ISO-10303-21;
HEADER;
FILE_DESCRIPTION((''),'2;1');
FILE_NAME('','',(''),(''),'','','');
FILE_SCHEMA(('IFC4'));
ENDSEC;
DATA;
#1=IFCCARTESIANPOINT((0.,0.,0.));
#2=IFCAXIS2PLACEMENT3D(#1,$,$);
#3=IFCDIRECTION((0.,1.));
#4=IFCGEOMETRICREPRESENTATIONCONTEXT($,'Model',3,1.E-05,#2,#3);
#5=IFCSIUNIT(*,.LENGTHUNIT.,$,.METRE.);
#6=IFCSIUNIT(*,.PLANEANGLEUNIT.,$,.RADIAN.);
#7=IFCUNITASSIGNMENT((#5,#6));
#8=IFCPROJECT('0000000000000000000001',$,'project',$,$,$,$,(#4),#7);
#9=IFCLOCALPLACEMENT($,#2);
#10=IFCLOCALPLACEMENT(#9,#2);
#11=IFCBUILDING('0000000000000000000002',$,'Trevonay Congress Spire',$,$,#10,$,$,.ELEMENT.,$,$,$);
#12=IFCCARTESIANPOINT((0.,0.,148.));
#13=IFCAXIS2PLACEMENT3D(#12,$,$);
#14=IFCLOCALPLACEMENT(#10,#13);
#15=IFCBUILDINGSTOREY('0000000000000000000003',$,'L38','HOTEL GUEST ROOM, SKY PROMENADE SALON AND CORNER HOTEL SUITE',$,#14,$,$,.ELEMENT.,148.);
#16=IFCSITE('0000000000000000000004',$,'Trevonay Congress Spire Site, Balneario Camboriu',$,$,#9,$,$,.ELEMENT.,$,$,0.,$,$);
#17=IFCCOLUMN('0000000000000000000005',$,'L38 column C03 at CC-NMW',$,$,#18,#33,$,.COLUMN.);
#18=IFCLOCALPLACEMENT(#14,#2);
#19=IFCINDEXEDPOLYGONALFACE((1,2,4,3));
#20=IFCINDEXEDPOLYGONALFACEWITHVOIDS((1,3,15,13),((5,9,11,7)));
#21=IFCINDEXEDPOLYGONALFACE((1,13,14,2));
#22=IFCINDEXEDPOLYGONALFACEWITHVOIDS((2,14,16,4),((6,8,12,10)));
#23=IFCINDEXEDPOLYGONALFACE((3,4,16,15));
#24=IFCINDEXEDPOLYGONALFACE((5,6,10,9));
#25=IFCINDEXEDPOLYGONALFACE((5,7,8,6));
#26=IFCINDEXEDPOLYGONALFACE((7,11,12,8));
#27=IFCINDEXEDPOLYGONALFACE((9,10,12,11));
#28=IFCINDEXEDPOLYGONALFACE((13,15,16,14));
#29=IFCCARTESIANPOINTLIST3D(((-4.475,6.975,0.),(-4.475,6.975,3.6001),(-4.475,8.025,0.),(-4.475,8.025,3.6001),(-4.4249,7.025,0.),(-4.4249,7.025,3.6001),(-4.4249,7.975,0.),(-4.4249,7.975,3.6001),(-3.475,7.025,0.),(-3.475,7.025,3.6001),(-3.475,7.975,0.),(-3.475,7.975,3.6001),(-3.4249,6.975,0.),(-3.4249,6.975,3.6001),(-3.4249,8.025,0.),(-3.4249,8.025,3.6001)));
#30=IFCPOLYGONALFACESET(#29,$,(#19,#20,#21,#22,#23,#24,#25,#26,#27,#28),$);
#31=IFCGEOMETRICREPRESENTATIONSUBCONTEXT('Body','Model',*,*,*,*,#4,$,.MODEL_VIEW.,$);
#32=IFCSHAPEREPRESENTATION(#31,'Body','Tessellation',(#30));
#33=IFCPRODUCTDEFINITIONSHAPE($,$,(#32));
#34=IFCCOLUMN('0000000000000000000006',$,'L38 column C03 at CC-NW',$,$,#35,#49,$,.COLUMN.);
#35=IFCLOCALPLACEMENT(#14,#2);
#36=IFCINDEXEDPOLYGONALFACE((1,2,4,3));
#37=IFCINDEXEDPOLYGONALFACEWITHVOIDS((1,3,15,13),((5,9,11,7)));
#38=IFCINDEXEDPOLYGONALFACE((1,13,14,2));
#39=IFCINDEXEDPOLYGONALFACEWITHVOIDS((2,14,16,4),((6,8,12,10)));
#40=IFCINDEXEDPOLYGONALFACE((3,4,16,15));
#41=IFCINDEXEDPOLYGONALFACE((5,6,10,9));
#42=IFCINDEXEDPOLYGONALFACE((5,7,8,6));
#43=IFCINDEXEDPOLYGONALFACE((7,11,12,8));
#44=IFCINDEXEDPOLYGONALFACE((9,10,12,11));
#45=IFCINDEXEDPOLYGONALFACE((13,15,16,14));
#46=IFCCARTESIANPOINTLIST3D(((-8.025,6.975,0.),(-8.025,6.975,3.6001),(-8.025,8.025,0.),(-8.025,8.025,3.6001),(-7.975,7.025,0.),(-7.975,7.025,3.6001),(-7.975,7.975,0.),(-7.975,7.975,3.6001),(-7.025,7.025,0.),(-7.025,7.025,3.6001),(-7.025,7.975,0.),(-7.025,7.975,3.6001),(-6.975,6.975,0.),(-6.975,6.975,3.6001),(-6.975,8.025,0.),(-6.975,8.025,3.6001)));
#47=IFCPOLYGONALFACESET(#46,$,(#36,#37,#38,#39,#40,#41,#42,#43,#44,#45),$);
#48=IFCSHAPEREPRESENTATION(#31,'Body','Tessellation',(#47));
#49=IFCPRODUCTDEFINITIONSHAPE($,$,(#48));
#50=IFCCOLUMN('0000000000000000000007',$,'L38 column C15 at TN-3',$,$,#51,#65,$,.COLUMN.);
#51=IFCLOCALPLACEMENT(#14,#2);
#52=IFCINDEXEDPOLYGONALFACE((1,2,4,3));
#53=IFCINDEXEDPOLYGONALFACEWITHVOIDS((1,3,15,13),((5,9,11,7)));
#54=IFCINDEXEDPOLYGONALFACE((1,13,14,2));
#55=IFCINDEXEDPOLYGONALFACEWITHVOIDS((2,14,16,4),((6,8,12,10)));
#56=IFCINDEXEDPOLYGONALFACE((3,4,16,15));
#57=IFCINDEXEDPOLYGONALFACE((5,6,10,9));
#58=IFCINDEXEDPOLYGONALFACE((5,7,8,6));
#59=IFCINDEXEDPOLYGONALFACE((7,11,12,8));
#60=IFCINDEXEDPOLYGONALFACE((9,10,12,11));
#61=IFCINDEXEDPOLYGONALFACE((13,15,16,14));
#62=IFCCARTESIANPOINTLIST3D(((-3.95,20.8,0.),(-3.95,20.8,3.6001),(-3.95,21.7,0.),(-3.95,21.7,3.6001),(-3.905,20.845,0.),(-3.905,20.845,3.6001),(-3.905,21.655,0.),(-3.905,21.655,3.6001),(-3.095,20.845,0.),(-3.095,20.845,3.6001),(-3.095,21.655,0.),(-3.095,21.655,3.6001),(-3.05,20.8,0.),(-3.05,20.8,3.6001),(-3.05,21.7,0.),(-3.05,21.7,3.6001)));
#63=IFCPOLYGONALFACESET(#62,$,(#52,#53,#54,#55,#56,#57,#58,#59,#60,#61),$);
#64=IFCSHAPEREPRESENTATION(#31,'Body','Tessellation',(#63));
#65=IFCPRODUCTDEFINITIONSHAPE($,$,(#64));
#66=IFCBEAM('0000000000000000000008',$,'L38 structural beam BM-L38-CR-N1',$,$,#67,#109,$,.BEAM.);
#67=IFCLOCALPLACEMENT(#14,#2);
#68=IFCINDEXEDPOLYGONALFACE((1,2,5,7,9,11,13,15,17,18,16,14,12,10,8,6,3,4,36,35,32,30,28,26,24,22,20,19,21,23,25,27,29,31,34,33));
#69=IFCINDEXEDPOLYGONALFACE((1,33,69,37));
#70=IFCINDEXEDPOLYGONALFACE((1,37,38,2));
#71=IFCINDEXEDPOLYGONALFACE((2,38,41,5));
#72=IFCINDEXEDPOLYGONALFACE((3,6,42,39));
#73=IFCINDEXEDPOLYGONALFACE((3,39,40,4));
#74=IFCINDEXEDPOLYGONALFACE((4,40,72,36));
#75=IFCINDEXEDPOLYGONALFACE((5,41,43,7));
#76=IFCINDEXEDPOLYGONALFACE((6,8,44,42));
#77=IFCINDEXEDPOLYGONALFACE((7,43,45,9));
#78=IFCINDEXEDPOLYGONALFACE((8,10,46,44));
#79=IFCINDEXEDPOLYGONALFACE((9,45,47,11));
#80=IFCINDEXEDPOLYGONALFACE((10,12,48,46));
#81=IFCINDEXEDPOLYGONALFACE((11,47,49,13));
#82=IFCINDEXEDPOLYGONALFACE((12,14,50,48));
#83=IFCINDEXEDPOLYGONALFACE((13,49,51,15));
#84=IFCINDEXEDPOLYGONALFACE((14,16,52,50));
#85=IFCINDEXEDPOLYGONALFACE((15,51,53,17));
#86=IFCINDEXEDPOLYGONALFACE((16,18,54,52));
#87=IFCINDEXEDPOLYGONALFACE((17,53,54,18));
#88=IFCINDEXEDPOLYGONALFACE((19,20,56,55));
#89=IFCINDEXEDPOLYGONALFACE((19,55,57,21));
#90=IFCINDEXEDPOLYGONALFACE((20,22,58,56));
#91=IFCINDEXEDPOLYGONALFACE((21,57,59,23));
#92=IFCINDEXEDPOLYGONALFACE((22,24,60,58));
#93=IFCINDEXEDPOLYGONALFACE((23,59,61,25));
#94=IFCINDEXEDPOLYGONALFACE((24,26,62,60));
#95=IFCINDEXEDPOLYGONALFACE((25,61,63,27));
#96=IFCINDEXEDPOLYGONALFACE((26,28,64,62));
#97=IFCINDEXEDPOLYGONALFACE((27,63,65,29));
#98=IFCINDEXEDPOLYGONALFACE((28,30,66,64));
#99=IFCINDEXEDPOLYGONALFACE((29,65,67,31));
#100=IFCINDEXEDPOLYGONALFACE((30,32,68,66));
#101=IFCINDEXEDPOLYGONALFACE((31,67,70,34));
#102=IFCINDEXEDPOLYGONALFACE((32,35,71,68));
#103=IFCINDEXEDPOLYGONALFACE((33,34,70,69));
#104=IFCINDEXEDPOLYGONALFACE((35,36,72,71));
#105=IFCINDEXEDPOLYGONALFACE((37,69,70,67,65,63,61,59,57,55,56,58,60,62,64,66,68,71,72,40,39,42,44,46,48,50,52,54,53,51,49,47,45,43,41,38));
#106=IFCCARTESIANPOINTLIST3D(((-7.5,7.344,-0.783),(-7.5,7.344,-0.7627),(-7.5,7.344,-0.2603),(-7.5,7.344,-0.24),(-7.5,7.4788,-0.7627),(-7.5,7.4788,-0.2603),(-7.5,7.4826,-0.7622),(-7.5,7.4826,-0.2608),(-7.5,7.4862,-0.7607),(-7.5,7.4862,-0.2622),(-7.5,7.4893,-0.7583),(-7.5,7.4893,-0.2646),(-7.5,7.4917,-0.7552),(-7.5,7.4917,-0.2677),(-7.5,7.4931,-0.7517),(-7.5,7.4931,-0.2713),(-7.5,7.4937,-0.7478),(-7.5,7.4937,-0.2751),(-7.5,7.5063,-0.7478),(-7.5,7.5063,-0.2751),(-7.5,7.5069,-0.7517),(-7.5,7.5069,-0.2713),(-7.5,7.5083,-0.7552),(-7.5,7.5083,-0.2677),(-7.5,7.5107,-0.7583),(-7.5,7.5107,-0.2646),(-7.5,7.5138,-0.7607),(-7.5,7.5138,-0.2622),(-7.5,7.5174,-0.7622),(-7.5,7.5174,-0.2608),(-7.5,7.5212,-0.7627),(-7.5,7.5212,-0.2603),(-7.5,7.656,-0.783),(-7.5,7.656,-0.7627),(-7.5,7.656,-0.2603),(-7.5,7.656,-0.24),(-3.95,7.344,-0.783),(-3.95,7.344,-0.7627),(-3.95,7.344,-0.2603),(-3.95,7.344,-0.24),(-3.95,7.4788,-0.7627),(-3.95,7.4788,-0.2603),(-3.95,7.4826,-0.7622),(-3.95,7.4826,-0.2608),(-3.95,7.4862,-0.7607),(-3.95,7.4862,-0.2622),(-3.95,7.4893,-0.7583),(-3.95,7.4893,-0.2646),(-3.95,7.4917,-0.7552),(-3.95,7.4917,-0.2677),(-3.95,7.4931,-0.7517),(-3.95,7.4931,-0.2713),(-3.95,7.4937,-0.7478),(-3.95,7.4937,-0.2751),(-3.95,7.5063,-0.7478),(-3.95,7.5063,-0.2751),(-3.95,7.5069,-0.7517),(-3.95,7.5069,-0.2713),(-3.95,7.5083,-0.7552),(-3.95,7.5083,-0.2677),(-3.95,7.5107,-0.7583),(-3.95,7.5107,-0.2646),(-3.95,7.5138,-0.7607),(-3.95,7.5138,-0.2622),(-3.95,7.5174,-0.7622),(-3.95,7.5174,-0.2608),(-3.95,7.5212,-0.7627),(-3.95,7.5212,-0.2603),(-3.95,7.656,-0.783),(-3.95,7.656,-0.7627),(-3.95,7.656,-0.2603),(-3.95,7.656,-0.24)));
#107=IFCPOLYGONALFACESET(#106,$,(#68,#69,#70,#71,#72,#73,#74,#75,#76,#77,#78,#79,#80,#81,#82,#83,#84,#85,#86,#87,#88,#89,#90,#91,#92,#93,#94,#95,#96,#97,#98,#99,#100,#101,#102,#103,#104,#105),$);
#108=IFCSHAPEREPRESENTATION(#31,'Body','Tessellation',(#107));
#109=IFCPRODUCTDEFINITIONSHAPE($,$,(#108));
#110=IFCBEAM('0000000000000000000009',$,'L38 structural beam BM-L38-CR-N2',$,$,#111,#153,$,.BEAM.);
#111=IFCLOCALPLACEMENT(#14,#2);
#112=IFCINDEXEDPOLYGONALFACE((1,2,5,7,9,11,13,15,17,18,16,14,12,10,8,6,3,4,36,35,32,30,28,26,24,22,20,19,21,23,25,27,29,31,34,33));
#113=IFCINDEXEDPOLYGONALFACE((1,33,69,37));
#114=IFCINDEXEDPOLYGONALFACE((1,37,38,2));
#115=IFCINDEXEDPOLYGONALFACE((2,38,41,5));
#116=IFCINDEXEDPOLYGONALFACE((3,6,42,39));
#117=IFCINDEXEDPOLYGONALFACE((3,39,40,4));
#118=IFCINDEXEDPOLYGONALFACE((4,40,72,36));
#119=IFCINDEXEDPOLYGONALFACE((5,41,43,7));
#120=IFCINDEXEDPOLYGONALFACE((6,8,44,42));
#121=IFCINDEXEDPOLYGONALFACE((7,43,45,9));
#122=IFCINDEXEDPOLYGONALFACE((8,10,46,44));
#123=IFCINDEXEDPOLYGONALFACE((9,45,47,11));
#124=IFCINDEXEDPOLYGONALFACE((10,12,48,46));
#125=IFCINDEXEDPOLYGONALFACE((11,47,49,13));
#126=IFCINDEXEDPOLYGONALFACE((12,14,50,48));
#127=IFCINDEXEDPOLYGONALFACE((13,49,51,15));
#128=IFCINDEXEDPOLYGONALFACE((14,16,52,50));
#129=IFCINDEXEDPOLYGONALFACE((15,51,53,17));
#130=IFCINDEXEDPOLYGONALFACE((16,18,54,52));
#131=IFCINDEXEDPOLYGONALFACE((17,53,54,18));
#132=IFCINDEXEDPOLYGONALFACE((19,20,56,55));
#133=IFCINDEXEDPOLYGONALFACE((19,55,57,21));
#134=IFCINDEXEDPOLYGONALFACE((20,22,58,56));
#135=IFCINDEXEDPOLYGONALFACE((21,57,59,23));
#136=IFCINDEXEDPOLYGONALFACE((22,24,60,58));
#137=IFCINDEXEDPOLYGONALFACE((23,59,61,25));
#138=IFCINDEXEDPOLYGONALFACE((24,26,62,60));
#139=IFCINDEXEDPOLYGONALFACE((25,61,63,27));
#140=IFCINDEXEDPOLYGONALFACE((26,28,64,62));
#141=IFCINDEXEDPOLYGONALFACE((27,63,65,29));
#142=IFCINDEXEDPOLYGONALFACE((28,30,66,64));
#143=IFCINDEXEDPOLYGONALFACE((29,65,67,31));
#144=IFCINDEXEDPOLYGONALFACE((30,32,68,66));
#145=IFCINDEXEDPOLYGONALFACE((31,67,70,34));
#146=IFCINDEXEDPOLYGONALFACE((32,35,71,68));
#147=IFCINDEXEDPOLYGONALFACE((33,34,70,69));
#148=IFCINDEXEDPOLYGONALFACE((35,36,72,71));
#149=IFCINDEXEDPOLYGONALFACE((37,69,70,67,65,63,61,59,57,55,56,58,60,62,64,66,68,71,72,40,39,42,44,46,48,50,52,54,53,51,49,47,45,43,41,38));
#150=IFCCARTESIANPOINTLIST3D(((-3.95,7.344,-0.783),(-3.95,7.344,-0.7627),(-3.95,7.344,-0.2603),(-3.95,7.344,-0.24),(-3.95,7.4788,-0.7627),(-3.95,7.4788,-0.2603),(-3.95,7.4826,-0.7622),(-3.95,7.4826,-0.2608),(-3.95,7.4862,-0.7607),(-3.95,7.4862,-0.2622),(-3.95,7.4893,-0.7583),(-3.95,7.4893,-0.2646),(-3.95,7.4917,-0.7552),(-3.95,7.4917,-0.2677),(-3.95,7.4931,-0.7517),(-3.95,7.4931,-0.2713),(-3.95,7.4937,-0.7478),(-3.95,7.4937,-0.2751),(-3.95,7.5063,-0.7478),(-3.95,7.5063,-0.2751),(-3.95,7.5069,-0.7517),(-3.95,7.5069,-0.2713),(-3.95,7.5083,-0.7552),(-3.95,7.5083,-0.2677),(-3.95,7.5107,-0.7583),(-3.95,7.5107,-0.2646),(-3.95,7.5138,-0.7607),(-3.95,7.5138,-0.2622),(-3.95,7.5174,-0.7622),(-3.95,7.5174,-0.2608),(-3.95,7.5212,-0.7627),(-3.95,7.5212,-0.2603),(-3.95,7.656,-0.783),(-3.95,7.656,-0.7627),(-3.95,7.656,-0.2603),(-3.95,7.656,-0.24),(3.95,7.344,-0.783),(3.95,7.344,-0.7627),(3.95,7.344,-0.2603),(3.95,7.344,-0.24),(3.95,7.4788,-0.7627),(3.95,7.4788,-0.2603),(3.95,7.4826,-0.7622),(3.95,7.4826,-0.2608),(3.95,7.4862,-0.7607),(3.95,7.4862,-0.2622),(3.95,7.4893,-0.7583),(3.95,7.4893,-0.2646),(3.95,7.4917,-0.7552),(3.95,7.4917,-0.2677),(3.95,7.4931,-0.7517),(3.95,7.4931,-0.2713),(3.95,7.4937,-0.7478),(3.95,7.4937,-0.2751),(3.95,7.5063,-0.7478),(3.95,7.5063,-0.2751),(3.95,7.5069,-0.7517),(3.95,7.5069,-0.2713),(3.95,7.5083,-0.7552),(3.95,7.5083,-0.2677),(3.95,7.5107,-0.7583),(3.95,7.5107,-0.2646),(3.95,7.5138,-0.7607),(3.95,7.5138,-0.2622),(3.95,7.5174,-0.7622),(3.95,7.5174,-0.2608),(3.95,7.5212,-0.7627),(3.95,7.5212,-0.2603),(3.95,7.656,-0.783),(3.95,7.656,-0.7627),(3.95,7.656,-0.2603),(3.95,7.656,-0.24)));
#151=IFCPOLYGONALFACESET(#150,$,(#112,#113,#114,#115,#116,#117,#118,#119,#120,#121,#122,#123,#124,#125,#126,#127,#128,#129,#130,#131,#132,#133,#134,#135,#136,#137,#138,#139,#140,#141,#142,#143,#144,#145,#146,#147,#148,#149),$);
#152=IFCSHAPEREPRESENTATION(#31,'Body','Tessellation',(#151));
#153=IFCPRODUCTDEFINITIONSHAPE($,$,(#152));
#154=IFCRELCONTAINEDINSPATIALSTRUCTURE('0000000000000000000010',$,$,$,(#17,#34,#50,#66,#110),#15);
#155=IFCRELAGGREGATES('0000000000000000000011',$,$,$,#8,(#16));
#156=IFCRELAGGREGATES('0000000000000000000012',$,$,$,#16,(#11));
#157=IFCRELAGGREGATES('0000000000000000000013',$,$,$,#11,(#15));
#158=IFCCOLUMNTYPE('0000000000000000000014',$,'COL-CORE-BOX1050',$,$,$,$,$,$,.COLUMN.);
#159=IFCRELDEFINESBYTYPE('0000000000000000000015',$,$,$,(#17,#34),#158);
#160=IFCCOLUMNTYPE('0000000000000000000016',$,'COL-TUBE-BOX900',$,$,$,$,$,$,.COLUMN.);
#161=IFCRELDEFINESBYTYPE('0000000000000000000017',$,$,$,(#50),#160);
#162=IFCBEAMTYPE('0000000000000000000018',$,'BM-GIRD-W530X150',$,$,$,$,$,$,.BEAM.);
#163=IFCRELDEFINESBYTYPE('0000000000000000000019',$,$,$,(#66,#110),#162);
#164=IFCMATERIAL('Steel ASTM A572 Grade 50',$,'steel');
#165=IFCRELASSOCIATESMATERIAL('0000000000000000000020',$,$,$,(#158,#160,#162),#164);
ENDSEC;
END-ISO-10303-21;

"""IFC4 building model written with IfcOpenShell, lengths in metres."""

from ifc_helpers import new_model, si_unit, direction, frame, origin, origin_2d, place, context, subcontext, project, spatial, hollow_rectangle, i_section, extrude, material, material_profile, profile_set, type_object, element, save


model = new_model("IFC4")

# Units and contexts
model_context = context("Model", 3, precision=1e-05, world=origin(), true_north=direction((0.0, 1.0)))
body_context = subcontext(model_context, "Body", "Model", "MODEL_VIEW")
ifc_project = project(units=[si_unit("LENGTHUNIT", "METRE"), si_unit("PLANEANGLEUNIT", "RADIAN")], contexts=[model_context])

# Site, building, storey
site_placement = place(None, origin())
site = spatial("IfcSite", under=ifc_project, at=site_placement, Name="Trevonay Congress Spire Site, Balneario Camboriu", CompositionType="ELEMENT", RefElevation=0.0)
building_placement = place(site_placement, origin())
building = spatial("IfcBuilding", under=site, at=building_placement, Name="Trevonay Congress Spire", CompositionType="ELEMENT")
storey_placement = place(building_placement, frame((0.0, 0.0, 148.0)))
storey = spatial("IfcBuildingStorey", under=building, at=storey_placement, Name="L38", Description="HOTEL GUEST ROOM, SKY PROMENADE SALON AND CORNER HOTEL SUITE", CompositionType="ELEMENT", Elevation=148.0)

# Columns
ifc_material_1 = material(Name="Steel ASTM A572 Grade 50", Category="steel")
ifc_material_profile_1 = material_profile(ifc_material_1, hollow_rectangle(XDim=1.05, YDim=1.05, WallThickness=0.05, at=origin_2d()), Name="BOX 1050x1050x50")
ifc_profile_set_1 = profile_set([ifc_material_profile_1], Name="Steel ASTM A572 Grade 50")
column_type_1 = type_object("IfcColumnType", Name="COL-CORE-BOX1050", PredefinedType="COLUMN", material=ifc_profile_set_1)
for number, where, z_axis, x_axis, name in (
    (1, (-3.95, 7.5, 0.0), (0.0, 0.0, 1.0), (1.0, 0.0, 0.0), "L38 column C03 at CC-NMW"),
    (2, (-7.5, 7.5, 0.0), (0.0, 0.0, 1.0), (1.0, 0.0, 0.0), "L38 column C03 at CC-NW"),
):
    element("IfcColumn", number, at=place(storey_placement, frame(where, z_axis=z_axis, x_axis=x_axis)), inside=storey, type_object=column_type_1, Name=name, PredefinedType="COLUMN", context=body_context, shape_type="SweptSolid", body=[
        extrude(hollow_rectangle(XDim=1.05, YDim=1.05, WallThickness=0.05, at=origin_2d()), origin(), (0.0, 0.0, 1.0), 3.6001),
    ])
ifc_material_profile_2 = material_profile(ifc_material_1, hollow_rectangle(XDim=0.8999, YDim=0.8999, WallThickness=0.0449, at=origin_2d()), Name="BOX 900x900x45")
ifc_profile_set_2 = profile_set([ifc_material_profile_2], Name="Steel ASTM A572 Grade 50")
column_type_2 = type_object("IfcColumnType", Name="COL-TUBE-BOX900", PredefinedType="COLUMN", material=ifc_profile_set_2)
column_placement = place(storey_placement, frame((-3.5, 21.25, 0.0), z_axis=(0.0, 0.0, 1.0), x_axis=(1.0, 0.0, 0.0)))
element("IfcColumn", 3, at=column_placement, inside=storey, type_object=column_type_2, Name="L38 column C15 at TN-3", PredefinedType="COLUMN", context=body_context, shape_type="SweptSolid", body=[
    extrude(hollow_rectangle(XDim=0.8999, YDim=0.8999, WallThickness=0.0449, at=origin_2d()), origin(), (0.0, 0.0, 1.0), 3.6001),
])

# Beams
ifc_material_profile_3 = material_profile(ifc_material_1, i_section(OverallWidth=0.312, OverallDepth=0.543, WebThickness=0.0127, FlangeThickness=0.0203, FilletRadius=0.0149, at=origin_2d()), Name="W530x150")
ifc_profile_set_3 = profile_set([ifc_material_profile_3], Name="Steel ASTM A572 Grade 50")
beam_type_1 = type_object("IfcBeamType", Name="BM-GIRD-W530X150", PredefinedType="BEAM", material=ifc_profile_set_3)
beam_1_placement = place(storey_placement, frame((-7.5, 7.5, -0.5115), z_axis=(1.0, 0.0, 0.0), x_axis=(0.0, 1.0, 0.0)))
element("IfcBeam", 4, at=beam_1_placement, inside=storey, type_object=beam_type_1, Name="L38 structural beam BM-L38-CR-N1", PredefinedType="BEAM", context=body_context, shape_type="SweptSolid", body=[
    extrude(i_section(OverallWidth=0.312, OverallDepth=0.543, WebThickness=0.0127, FlangeThickness=0.0203, FilletRadius=0.0149, at=origin_2d()), origin(), (0.0, 0.0, 1.0), 3.55),
])
beam_2_placement = place(storey_placement, frame((-3.95, 7.5, -0.5115), z_axis=(1.0, 0.0, 0.0), x_axis=(0.0, 1.0, 0.0)))
element("IfcBeam", 5, at=beam_2_placement, inside=storey, type_object=beam_type_1, Name="L38 structural beam BM-L38-CR-N2", PredefinedType="BEAM", context=body_context, shape_type="SweptSolid", body=[
    extrude(i_section(OverallWidth=0.312, OverallDepth=0.543, WebThickness=0.0127, FlangeThickness=0.0203, FilletRadius=0.0149, at=origin_2d()), origin(), (0.0, 0.0, 1.0), 7.8999),
])

save(model, "model.ifc")
